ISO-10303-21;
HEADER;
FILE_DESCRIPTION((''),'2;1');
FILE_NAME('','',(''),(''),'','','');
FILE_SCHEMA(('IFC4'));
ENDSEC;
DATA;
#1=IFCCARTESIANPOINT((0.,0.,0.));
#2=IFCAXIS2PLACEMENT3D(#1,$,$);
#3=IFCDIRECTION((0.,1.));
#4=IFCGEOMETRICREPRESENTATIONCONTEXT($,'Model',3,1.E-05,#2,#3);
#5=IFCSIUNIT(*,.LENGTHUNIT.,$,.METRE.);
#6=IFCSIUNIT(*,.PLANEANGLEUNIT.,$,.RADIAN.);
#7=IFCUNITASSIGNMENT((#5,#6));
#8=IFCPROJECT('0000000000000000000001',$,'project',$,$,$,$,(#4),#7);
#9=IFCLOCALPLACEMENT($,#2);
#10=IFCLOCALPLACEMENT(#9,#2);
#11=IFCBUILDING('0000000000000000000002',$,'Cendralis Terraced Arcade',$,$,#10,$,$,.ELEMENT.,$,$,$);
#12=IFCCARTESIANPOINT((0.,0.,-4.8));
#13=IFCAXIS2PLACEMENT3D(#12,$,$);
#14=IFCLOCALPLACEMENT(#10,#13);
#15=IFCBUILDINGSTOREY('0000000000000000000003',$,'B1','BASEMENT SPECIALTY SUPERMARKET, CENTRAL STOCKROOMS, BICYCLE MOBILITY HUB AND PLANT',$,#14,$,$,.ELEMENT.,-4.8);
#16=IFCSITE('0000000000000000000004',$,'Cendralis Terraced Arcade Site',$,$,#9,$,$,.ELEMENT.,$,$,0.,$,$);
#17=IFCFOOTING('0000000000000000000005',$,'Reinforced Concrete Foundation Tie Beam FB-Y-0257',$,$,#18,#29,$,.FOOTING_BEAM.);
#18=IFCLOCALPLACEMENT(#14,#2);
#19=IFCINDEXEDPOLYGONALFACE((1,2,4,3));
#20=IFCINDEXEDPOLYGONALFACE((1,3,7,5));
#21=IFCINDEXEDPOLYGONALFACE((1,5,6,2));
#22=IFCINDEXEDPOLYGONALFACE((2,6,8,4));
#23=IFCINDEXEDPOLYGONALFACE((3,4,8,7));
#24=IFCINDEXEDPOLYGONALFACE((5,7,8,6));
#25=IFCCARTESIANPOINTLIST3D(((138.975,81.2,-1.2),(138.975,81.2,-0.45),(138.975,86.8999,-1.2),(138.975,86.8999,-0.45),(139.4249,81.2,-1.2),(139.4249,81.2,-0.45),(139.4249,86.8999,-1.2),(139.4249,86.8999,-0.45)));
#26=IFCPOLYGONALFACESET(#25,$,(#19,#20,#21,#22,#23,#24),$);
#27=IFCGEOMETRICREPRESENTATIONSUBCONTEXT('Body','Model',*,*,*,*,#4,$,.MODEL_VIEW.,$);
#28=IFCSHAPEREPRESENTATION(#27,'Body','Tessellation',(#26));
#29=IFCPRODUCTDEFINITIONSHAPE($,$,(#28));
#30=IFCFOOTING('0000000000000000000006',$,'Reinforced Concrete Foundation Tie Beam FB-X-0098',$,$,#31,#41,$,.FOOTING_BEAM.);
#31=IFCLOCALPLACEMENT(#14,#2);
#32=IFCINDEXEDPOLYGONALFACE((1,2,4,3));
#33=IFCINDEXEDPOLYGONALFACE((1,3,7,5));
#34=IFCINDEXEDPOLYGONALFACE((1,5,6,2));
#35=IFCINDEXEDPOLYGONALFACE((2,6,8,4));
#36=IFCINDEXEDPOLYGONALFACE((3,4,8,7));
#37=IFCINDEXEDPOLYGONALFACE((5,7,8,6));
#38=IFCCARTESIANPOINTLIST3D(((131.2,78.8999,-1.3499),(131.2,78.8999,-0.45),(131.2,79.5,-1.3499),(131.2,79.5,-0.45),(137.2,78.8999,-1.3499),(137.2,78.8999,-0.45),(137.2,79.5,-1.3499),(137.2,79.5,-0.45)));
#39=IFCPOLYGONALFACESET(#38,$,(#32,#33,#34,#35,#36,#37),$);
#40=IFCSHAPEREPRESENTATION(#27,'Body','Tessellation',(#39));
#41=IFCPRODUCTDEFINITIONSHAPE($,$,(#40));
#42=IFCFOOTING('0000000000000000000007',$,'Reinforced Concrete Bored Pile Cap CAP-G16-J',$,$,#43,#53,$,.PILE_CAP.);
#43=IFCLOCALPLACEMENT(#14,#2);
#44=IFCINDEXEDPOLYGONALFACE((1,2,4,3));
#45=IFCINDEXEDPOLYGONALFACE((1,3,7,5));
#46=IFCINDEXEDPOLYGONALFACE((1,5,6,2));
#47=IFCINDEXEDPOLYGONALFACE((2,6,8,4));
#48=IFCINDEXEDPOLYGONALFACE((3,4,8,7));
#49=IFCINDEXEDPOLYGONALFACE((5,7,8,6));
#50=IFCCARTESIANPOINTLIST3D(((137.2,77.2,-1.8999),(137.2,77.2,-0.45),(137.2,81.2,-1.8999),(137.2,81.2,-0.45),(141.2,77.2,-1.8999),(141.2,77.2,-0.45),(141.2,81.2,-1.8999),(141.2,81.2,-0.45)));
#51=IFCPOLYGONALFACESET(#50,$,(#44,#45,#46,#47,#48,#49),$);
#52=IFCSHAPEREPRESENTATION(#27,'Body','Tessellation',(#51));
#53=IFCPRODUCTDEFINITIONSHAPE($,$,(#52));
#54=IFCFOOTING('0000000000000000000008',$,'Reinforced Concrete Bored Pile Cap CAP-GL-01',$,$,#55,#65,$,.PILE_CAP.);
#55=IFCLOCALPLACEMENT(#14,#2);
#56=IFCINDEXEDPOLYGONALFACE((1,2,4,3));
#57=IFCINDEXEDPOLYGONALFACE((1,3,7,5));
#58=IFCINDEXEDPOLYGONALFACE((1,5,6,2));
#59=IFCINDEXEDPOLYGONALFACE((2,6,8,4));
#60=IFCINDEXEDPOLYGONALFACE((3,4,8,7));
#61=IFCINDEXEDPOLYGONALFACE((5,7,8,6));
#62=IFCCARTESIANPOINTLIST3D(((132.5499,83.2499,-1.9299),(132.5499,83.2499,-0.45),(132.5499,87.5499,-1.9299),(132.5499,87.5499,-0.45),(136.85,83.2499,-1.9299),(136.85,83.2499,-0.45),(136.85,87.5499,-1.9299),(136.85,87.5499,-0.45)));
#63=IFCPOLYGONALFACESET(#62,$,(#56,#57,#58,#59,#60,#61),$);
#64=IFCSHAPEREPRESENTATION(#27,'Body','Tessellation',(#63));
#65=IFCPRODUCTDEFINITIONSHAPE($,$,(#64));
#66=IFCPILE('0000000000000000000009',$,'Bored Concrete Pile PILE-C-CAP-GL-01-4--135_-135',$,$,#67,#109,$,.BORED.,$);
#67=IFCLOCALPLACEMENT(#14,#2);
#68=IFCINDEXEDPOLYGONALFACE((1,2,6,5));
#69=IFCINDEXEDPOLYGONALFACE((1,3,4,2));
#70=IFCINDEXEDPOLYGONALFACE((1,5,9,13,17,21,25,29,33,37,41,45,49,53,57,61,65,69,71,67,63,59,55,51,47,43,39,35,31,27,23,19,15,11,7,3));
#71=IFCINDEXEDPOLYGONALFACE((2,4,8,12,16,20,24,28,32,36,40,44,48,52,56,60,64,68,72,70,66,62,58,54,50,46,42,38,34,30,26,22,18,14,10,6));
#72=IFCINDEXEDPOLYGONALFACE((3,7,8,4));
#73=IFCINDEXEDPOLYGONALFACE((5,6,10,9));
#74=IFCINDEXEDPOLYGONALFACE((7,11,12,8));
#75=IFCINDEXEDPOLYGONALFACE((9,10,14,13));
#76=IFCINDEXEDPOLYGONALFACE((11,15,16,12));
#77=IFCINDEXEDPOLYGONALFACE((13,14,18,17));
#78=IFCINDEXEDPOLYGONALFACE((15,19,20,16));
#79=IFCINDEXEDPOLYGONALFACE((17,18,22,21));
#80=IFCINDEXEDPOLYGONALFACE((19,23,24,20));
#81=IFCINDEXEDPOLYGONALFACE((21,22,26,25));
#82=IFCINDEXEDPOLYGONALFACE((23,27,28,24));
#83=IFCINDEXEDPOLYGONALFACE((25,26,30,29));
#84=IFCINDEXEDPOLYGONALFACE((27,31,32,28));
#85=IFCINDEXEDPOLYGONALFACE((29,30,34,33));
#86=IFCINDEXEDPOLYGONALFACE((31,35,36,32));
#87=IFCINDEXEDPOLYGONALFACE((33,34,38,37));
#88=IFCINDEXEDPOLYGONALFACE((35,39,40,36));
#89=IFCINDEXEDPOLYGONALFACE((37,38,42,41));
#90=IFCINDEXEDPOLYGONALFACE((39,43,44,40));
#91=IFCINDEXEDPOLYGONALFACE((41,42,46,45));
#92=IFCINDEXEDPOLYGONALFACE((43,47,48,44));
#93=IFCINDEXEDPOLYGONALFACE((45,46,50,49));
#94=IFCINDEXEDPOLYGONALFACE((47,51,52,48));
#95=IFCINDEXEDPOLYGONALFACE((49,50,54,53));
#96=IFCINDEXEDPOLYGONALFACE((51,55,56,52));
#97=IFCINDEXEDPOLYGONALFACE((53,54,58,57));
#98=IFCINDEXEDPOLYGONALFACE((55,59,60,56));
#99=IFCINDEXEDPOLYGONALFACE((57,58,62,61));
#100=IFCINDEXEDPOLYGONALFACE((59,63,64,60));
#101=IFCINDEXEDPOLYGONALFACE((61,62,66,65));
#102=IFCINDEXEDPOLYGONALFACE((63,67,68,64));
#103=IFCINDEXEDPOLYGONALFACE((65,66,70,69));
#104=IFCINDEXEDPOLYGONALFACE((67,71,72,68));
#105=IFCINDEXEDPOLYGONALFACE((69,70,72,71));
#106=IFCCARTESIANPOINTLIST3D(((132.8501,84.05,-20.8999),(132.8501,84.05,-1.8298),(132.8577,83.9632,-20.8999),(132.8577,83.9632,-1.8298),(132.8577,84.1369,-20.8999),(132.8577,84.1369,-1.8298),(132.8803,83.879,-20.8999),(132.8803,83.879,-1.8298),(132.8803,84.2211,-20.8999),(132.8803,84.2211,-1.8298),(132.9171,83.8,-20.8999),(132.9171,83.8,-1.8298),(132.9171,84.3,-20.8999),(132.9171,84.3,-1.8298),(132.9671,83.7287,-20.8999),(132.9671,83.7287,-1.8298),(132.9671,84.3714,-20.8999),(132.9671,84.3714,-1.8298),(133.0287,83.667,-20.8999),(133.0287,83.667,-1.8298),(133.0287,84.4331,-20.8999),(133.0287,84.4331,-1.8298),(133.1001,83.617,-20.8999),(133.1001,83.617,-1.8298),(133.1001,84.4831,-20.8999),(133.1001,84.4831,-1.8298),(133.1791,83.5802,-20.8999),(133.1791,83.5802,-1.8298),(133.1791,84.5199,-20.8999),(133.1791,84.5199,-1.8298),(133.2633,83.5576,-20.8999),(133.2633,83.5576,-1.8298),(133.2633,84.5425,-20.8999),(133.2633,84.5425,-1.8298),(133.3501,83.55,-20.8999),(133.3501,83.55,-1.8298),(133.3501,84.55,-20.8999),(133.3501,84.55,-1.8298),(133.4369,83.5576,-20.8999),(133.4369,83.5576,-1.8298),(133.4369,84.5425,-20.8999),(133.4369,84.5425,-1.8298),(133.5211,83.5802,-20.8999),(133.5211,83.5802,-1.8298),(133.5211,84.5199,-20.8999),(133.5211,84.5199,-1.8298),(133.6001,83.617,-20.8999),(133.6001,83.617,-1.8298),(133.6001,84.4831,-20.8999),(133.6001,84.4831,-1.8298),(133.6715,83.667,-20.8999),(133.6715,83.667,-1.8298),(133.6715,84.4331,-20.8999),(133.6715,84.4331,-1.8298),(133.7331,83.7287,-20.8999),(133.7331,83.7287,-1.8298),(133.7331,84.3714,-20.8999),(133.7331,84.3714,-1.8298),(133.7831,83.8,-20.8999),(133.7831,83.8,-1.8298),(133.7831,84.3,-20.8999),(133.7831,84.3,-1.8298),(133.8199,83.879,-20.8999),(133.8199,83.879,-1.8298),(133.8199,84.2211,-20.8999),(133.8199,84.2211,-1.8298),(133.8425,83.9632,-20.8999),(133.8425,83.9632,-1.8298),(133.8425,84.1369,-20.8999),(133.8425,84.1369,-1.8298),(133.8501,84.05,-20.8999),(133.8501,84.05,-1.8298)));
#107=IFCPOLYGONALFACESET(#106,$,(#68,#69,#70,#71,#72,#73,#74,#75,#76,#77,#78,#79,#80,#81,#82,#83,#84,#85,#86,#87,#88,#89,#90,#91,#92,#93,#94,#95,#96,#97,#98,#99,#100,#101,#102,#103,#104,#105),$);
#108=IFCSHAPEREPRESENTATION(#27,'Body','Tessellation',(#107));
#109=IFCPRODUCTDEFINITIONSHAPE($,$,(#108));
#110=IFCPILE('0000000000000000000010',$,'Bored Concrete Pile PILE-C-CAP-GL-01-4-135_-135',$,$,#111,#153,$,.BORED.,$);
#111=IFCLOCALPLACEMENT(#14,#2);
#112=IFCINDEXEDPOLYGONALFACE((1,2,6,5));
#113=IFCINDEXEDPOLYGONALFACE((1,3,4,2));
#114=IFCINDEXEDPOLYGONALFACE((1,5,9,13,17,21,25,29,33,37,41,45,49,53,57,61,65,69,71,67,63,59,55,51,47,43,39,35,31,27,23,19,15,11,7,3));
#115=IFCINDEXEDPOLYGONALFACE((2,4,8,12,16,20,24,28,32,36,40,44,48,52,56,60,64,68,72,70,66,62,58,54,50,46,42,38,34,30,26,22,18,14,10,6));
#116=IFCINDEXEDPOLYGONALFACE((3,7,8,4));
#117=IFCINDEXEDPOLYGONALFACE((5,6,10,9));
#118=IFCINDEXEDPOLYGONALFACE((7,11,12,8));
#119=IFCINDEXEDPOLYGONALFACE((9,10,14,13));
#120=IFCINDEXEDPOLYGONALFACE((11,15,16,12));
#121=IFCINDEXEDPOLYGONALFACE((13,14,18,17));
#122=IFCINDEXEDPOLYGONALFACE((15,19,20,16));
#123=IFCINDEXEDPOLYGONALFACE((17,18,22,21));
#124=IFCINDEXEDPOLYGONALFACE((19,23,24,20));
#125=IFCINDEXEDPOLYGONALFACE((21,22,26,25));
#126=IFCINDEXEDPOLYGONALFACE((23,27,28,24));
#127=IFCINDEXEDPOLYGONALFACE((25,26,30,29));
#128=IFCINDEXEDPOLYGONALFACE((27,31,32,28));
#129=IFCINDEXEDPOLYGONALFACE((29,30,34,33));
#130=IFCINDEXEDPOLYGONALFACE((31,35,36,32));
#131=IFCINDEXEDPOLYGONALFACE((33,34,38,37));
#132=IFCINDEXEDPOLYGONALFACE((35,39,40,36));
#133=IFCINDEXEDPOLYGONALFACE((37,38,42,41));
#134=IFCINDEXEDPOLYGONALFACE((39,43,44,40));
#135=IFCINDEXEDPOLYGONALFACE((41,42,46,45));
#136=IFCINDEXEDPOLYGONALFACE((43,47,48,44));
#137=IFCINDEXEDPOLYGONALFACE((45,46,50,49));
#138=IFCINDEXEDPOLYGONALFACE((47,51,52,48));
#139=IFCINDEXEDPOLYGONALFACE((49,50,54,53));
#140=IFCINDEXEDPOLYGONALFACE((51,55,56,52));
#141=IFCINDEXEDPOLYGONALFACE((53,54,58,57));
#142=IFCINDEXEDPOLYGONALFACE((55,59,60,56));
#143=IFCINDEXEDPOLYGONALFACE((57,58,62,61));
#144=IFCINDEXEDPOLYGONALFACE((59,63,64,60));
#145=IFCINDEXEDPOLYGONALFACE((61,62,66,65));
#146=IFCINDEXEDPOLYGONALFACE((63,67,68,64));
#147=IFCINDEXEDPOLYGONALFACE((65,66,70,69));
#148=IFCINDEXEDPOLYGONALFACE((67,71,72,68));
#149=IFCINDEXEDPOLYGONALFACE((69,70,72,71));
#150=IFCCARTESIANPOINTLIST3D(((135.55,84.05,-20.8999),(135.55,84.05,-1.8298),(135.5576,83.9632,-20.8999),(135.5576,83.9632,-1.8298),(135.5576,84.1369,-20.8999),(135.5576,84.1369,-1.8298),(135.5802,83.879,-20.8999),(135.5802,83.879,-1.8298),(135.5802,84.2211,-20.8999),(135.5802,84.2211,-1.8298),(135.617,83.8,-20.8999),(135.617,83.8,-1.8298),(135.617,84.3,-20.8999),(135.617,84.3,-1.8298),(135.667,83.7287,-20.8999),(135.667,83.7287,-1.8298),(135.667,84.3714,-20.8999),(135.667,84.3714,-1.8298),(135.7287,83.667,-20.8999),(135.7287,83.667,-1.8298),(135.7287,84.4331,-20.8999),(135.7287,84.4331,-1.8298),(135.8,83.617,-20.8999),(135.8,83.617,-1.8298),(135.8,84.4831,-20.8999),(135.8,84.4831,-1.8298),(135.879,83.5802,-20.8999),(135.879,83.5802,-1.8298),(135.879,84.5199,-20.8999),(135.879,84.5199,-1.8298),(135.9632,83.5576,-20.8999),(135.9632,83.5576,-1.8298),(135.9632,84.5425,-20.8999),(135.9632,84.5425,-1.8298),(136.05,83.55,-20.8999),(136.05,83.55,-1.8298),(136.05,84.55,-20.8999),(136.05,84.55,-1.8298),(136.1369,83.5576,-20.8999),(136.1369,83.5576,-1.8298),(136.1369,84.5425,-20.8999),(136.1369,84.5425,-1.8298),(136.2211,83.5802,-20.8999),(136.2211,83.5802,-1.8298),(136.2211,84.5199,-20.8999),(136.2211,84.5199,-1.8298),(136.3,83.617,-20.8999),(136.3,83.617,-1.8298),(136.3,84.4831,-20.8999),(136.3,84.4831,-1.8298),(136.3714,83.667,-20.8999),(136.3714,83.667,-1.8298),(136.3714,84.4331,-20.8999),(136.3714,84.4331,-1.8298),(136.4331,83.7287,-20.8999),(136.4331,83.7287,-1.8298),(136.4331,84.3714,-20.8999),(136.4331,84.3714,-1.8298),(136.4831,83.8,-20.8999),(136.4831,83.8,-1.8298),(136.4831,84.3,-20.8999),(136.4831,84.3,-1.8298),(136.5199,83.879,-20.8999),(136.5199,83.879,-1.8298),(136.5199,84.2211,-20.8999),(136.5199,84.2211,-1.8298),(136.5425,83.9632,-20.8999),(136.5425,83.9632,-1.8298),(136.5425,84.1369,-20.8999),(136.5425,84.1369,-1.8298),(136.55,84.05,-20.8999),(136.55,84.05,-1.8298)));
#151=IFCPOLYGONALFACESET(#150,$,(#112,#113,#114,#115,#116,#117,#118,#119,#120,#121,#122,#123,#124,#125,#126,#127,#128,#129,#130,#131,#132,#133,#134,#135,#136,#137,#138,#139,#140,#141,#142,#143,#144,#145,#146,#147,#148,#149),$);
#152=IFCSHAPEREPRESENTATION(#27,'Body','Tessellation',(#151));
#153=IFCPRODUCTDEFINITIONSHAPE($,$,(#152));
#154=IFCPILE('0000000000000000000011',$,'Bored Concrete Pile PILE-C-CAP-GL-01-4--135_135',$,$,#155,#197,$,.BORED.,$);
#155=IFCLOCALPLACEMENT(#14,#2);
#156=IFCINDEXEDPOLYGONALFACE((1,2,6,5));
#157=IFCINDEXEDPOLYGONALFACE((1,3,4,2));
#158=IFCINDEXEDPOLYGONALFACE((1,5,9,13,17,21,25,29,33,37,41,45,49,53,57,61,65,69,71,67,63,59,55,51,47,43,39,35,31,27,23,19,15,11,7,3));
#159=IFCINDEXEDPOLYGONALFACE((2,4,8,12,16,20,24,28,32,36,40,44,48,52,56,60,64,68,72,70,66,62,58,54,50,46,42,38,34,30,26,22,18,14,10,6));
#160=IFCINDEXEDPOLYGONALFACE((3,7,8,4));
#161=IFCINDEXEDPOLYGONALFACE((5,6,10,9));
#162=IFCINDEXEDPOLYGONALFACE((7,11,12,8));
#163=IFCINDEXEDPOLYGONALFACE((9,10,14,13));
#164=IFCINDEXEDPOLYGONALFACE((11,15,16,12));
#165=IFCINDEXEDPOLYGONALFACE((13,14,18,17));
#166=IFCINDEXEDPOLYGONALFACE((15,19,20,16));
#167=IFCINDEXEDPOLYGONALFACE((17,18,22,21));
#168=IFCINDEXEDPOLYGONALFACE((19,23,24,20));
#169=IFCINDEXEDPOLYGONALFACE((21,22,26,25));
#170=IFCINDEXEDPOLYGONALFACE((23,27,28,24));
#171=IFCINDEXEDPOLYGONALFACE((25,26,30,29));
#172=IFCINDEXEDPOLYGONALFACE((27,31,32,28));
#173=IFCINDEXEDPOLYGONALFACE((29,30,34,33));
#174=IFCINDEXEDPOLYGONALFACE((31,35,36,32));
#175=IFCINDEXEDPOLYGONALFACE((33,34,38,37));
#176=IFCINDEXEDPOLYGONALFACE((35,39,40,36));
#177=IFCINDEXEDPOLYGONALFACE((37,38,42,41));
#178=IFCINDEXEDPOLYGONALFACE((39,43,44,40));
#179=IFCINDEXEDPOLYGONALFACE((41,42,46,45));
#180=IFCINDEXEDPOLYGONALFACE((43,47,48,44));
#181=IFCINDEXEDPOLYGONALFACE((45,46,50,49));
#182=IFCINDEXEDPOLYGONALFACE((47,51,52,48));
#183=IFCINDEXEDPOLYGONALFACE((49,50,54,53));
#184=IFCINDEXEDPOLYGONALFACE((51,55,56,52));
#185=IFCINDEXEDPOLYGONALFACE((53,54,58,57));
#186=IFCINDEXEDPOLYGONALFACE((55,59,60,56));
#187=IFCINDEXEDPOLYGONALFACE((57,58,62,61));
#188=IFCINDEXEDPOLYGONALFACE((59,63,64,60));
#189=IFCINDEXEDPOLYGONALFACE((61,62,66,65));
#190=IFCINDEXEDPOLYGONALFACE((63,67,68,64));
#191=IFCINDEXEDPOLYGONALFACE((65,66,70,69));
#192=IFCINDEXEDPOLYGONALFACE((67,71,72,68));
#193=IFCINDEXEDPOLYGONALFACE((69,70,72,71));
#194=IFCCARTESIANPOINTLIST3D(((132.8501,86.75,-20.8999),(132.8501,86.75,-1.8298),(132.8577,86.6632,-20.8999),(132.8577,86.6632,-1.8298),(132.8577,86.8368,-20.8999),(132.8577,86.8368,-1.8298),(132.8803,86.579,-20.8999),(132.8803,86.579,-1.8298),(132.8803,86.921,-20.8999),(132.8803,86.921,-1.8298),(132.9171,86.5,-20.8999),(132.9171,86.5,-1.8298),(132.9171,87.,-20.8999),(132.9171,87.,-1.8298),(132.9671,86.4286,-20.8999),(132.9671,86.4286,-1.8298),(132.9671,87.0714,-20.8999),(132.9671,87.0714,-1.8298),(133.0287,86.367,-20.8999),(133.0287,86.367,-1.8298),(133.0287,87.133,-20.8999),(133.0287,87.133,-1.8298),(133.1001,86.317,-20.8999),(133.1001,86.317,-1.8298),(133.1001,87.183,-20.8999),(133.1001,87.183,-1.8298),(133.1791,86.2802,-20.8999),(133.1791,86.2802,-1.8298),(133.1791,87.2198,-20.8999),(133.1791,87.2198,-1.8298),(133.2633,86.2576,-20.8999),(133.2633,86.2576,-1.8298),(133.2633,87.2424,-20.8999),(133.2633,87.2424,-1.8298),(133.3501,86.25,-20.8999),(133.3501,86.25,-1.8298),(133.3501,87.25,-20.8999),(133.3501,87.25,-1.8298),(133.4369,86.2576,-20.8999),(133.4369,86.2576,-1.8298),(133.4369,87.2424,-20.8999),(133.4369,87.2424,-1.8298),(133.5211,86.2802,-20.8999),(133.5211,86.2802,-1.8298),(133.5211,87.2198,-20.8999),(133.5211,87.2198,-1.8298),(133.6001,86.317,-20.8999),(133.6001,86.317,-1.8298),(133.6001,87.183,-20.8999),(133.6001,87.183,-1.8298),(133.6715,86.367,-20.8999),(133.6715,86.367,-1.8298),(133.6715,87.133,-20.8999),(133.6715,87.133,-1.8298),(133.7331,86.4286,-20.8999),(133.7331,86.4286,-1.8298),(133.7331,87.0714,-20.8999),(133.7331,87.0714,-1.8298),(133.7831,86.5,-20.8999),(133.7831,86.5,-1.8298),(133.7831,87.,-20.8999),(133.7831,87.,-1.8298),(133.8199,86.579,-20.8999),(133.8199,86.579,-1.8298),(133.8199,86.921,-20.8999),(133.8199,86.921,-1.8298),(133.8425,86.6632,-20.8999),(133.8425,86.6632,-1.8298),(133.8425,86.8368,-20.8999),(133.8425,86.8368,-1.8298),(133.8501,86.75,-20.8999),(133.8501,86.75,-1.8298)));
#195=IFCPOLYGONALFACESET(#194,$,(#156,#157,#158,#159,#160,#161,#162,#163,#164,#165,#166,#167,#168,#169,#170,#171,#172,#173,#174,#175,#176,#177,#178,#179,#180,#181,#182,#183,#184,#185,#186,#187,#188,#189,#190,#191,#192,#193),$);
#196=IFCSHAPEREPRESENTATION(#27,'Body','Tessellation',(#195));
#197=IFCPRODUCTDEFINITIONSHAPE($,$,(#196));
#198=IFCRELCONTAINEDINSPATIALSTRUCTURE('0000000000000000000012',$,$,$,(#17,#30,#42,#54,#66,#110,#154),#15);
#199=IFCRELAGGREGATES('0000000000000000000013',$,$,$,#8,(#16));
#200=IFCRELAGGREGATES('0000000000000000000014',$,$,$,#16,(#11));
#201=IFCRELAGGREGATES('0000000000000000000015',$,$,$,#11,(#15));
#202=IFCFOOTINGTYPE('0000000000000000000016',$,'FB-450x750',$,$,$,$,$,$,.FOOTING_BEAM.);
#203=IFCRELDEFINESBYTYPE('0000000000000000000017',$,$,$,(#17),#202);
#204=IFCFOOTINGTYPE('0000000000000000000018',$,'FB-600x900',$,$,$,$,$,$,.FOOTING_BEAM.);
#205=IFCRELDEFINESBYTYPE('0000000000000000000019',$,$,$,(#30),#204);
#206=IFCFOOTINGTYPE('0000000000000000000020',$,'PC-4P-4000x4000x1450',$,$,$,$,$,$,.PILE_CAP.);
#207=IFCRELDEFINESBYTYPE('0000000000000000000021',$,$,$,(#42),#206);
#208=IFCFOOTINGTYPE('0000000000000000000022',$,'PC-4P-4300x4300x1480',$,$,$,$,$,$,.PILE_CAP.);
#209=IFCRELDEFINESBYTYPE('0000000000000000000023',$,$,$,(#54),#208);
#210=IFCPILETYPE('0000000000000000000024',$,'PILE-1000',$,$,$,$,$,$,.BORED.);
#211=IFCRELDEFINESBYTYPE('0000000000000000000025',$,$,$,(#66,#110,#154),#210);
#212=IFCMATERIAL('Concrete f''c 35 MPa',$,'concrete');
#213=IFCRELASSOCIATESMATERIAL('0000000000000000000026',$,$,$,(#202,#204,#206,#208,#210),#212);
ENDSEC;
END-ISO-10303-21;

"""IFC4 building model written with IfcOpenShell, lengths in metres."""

from ifc_helpers import new_model, si_unit, direction, frame, origin, origin_2d, place, context, subcontext, project, spatial, rectangle, circle, extrude, material, material_profile, profile_set, type_object, element, save


model = new_model("IFC4")

# Units and contexts
model_context = context("Model", 3, precision=1e-05, world=origin(), true_north=direction((0.0, 1.0)))
body_context = subcontext(model_context, "Body", "Model", "MODEL_VIEW")
ifc_project = project(units=[si_unit("LENGTHUNIT", "METRE"), si_unit("PLANEANGLEUNIT", "RADIAN")], contexts=[model_context])

# Site, building, storey
site_placement = place(None, origin())
site = spatial("IfcSite", under=ifc_project, at=site_placement, Name="Cendralis Terraced Arcade Site", CompositionType="ELEMENT", RefElevation=0.0)
building_placement = place(site_placement, origin())
building = spatial("IfcBuilding", under=site, at=building_placement, Name="Cendralis Terraced Arcade", CompositionType="ELEMENT")
storey_placement = place(building_placement, frame((0.0, 0.0, -4.8)))
storey = spatial("IfcBuildingStorey", under=building, at=storey_placement, Name="B1", Description="BASEMENT SPECIALTY SUPERMARKET, CENTRAL STOCKROOMS, BICYCLE MOBILITY HUB AND PLANT", CompositionType="ELEMENT", Elevation=-4.8)

# Footings
ifc_material_1 = material(Name="Concrete f'c 35 MPa", Category="concrete")
ifc_material_profile_1 = material_profile(ifc_material_1, rectangle(XDim=0.45, YDim=0.75, at=origin_2d()), Name="FB-450x750", Category="LoadBearing")
ifc_profile_set_1 = profile_set([ifc_material_profile_1], Name="Concrete f'c 35 MPa")
footing_type_1 = type_object("IfcFootingType", Name="FB-450x750", PredefinedType="FOOTING_BEAM", material=ifc_profile_set_1)
footing_1_placement = place(storey_placement, frame((139.2, 81.2, -0.825), z_axis=(0.0, 1.0, 0.0), x_axis=(-1.0, 0.0, 0.0)))
element("IfcFooting", 1, at=footing_1_placement, inside=storey, type_object=footing_type_1, Name="Reinforced Concrete Foundation Tie Beam FB-Y-0257", PredefinedType="FOOTING_BEAM", context=body_context, shape_type="SweptSolid", body=[
    extrude(rectangle(XDim=0.45, YDim=0.75, at=origin_2d()), origin(), (0.0, 0.0, 1.0), 5.7),
])
ifc_material_profile_2 = material_profile(ifc_material_1, rectangle(XDim=0.6001, YDim=0.8999, at=origin_2d()), Name="FB-600x900", Category="LoadBearing")
ifc_profile_set_2 = profile_set([ifc_material_profile_2], Name="Concrete f'c 35 MPa")
footing_type_2 = type_object("IfcFootingType", Name="FB-600x900", PredefinedType="FOOTING_BEAM", material=ifc_profile_set_2)
footing_2_placement = place(storey_placement, frame((131.2, 79.2, -0.8999), z_axis=(1.0, 0.0, 0.0), x_axis=(0.0, 1.0, 0.0)))
element("IfcFooting", 2, at=footing_2_placement, inside=storey, type_object=footing_type_2, Name="Reinforced Concrete Foundation Tie Beam FB-X-0098", PredefinedType="FOOTING_BEAM", context=body_context, shape_type="SweptSolid", body=[
    extrude(rectangle(XDim=0.6001, YDim=0.8999, at=origin_2d()), origin(), (0.0, 0.0, 1.0), 6.0),
])
footing_type_3 = type_object("IfcFootingType", Name="PC-4P-4000x4000x1450", PredefinedType="PILE_CAP", material=ifc_material_1)
footing_3_placement = place(storey_placement, frame((139.2, 79.2, -1.8999), z_axis=(0.0, 0.0, 1.0), x_axis=(1.0, 0.0, 0.0)))
element("IfcFooting", 3, at=footing_3_placement, inside=storey, type_object=footing_type_3, Name="Reinforced Concrete Bored Pile Cap CAP-G16-J", PredefinedType="PILE_CAP", context=body_context, shape_type="SweptSolid", body=[
    extrude(rectangle(XDim=4.0, YDim=4.0, at=origin_2d()), origin(), (0.0, 0.0, 1.0), 1.45),
])
footing_type_4 = type_object("IfcFootingType", Name="PC-4P-4300x4300x1480", PredefinedType="PILE_CAP", material=ifc_material_1)
footing_4_placement = place(storey_placement, frame((134.7, 85.3999, -1.9299), z_axis=(0.0, 0.0, 1.0), x_axis=(1.0, 0.0, 0.0)))
element("IfcFooting", 4, at=footing_4_placement, inside=storey, type_object=footing_type_4, Name="Reinforced Concrete Bored Pile Cap CAP-GL-01", PredefinedType="PILE_CAP", context=body_context, shape_type="SweptSolid", body=[
    extrude(rectangle(XDim=4.3, YDim=4.3, at=origin_2d()), origin(), (0.0, 0.0, 1.0), 1.48),
])

# Piles
ifc_material_profile_3 = material_profile(ifc_material_1, circle(Radius=0.5, at=origin_2d()), Name="PILE-D1000", Category="LoadBearing")
ifc_profile_set_3 = profile_set([ifc_material_profile_3], Name="Concrete f'c 35 MPa")
pile_type_1 = type_object("IfcPileType", Name="PILE-1000", PredefinedType="BORED", material=ifc_profile_set_3)
for number, where, z_axis, x_axis, name in (
    (5, (133.3501, 84.05, -1.8298), (0.0, 0.0, -1.0), (1.0, 0.0, 0.0), "Bored Concrete Pile PILE-C-CAP-GL-01-4--135_-135"),
    (6, (136.05, 84.05, -1.8298), (0.0, 0.0, -1.0), (1.0, 0.0, 0.0), "Bored Concrete Pile PILE-C-CAP-GL-01-4-135_-135"),
    (7, (133.3501, 86.75, -1.8298), (0.0, 0.0, -1.0), (1.0, 0.0, 0.0), "Bored Concrete Pile PILE-C-CAP-GL-01-4--135_135"),
):
    element("IfcPile", number, at=place(storey_placement, frame(where, z_axis=z_axis, x_axis=x_axis)), inside=storey, type_object=pile_type_1, Name=name, PredefinedType="BORED", context=body_context, shape_type="SweptSolid", body=[
        extrude(circle(Radius=0.5, at=origin_2d()), origin(), (0.0, 0.0, 1.0), 19.0701),
    ])

save(model, "model.ifc")
